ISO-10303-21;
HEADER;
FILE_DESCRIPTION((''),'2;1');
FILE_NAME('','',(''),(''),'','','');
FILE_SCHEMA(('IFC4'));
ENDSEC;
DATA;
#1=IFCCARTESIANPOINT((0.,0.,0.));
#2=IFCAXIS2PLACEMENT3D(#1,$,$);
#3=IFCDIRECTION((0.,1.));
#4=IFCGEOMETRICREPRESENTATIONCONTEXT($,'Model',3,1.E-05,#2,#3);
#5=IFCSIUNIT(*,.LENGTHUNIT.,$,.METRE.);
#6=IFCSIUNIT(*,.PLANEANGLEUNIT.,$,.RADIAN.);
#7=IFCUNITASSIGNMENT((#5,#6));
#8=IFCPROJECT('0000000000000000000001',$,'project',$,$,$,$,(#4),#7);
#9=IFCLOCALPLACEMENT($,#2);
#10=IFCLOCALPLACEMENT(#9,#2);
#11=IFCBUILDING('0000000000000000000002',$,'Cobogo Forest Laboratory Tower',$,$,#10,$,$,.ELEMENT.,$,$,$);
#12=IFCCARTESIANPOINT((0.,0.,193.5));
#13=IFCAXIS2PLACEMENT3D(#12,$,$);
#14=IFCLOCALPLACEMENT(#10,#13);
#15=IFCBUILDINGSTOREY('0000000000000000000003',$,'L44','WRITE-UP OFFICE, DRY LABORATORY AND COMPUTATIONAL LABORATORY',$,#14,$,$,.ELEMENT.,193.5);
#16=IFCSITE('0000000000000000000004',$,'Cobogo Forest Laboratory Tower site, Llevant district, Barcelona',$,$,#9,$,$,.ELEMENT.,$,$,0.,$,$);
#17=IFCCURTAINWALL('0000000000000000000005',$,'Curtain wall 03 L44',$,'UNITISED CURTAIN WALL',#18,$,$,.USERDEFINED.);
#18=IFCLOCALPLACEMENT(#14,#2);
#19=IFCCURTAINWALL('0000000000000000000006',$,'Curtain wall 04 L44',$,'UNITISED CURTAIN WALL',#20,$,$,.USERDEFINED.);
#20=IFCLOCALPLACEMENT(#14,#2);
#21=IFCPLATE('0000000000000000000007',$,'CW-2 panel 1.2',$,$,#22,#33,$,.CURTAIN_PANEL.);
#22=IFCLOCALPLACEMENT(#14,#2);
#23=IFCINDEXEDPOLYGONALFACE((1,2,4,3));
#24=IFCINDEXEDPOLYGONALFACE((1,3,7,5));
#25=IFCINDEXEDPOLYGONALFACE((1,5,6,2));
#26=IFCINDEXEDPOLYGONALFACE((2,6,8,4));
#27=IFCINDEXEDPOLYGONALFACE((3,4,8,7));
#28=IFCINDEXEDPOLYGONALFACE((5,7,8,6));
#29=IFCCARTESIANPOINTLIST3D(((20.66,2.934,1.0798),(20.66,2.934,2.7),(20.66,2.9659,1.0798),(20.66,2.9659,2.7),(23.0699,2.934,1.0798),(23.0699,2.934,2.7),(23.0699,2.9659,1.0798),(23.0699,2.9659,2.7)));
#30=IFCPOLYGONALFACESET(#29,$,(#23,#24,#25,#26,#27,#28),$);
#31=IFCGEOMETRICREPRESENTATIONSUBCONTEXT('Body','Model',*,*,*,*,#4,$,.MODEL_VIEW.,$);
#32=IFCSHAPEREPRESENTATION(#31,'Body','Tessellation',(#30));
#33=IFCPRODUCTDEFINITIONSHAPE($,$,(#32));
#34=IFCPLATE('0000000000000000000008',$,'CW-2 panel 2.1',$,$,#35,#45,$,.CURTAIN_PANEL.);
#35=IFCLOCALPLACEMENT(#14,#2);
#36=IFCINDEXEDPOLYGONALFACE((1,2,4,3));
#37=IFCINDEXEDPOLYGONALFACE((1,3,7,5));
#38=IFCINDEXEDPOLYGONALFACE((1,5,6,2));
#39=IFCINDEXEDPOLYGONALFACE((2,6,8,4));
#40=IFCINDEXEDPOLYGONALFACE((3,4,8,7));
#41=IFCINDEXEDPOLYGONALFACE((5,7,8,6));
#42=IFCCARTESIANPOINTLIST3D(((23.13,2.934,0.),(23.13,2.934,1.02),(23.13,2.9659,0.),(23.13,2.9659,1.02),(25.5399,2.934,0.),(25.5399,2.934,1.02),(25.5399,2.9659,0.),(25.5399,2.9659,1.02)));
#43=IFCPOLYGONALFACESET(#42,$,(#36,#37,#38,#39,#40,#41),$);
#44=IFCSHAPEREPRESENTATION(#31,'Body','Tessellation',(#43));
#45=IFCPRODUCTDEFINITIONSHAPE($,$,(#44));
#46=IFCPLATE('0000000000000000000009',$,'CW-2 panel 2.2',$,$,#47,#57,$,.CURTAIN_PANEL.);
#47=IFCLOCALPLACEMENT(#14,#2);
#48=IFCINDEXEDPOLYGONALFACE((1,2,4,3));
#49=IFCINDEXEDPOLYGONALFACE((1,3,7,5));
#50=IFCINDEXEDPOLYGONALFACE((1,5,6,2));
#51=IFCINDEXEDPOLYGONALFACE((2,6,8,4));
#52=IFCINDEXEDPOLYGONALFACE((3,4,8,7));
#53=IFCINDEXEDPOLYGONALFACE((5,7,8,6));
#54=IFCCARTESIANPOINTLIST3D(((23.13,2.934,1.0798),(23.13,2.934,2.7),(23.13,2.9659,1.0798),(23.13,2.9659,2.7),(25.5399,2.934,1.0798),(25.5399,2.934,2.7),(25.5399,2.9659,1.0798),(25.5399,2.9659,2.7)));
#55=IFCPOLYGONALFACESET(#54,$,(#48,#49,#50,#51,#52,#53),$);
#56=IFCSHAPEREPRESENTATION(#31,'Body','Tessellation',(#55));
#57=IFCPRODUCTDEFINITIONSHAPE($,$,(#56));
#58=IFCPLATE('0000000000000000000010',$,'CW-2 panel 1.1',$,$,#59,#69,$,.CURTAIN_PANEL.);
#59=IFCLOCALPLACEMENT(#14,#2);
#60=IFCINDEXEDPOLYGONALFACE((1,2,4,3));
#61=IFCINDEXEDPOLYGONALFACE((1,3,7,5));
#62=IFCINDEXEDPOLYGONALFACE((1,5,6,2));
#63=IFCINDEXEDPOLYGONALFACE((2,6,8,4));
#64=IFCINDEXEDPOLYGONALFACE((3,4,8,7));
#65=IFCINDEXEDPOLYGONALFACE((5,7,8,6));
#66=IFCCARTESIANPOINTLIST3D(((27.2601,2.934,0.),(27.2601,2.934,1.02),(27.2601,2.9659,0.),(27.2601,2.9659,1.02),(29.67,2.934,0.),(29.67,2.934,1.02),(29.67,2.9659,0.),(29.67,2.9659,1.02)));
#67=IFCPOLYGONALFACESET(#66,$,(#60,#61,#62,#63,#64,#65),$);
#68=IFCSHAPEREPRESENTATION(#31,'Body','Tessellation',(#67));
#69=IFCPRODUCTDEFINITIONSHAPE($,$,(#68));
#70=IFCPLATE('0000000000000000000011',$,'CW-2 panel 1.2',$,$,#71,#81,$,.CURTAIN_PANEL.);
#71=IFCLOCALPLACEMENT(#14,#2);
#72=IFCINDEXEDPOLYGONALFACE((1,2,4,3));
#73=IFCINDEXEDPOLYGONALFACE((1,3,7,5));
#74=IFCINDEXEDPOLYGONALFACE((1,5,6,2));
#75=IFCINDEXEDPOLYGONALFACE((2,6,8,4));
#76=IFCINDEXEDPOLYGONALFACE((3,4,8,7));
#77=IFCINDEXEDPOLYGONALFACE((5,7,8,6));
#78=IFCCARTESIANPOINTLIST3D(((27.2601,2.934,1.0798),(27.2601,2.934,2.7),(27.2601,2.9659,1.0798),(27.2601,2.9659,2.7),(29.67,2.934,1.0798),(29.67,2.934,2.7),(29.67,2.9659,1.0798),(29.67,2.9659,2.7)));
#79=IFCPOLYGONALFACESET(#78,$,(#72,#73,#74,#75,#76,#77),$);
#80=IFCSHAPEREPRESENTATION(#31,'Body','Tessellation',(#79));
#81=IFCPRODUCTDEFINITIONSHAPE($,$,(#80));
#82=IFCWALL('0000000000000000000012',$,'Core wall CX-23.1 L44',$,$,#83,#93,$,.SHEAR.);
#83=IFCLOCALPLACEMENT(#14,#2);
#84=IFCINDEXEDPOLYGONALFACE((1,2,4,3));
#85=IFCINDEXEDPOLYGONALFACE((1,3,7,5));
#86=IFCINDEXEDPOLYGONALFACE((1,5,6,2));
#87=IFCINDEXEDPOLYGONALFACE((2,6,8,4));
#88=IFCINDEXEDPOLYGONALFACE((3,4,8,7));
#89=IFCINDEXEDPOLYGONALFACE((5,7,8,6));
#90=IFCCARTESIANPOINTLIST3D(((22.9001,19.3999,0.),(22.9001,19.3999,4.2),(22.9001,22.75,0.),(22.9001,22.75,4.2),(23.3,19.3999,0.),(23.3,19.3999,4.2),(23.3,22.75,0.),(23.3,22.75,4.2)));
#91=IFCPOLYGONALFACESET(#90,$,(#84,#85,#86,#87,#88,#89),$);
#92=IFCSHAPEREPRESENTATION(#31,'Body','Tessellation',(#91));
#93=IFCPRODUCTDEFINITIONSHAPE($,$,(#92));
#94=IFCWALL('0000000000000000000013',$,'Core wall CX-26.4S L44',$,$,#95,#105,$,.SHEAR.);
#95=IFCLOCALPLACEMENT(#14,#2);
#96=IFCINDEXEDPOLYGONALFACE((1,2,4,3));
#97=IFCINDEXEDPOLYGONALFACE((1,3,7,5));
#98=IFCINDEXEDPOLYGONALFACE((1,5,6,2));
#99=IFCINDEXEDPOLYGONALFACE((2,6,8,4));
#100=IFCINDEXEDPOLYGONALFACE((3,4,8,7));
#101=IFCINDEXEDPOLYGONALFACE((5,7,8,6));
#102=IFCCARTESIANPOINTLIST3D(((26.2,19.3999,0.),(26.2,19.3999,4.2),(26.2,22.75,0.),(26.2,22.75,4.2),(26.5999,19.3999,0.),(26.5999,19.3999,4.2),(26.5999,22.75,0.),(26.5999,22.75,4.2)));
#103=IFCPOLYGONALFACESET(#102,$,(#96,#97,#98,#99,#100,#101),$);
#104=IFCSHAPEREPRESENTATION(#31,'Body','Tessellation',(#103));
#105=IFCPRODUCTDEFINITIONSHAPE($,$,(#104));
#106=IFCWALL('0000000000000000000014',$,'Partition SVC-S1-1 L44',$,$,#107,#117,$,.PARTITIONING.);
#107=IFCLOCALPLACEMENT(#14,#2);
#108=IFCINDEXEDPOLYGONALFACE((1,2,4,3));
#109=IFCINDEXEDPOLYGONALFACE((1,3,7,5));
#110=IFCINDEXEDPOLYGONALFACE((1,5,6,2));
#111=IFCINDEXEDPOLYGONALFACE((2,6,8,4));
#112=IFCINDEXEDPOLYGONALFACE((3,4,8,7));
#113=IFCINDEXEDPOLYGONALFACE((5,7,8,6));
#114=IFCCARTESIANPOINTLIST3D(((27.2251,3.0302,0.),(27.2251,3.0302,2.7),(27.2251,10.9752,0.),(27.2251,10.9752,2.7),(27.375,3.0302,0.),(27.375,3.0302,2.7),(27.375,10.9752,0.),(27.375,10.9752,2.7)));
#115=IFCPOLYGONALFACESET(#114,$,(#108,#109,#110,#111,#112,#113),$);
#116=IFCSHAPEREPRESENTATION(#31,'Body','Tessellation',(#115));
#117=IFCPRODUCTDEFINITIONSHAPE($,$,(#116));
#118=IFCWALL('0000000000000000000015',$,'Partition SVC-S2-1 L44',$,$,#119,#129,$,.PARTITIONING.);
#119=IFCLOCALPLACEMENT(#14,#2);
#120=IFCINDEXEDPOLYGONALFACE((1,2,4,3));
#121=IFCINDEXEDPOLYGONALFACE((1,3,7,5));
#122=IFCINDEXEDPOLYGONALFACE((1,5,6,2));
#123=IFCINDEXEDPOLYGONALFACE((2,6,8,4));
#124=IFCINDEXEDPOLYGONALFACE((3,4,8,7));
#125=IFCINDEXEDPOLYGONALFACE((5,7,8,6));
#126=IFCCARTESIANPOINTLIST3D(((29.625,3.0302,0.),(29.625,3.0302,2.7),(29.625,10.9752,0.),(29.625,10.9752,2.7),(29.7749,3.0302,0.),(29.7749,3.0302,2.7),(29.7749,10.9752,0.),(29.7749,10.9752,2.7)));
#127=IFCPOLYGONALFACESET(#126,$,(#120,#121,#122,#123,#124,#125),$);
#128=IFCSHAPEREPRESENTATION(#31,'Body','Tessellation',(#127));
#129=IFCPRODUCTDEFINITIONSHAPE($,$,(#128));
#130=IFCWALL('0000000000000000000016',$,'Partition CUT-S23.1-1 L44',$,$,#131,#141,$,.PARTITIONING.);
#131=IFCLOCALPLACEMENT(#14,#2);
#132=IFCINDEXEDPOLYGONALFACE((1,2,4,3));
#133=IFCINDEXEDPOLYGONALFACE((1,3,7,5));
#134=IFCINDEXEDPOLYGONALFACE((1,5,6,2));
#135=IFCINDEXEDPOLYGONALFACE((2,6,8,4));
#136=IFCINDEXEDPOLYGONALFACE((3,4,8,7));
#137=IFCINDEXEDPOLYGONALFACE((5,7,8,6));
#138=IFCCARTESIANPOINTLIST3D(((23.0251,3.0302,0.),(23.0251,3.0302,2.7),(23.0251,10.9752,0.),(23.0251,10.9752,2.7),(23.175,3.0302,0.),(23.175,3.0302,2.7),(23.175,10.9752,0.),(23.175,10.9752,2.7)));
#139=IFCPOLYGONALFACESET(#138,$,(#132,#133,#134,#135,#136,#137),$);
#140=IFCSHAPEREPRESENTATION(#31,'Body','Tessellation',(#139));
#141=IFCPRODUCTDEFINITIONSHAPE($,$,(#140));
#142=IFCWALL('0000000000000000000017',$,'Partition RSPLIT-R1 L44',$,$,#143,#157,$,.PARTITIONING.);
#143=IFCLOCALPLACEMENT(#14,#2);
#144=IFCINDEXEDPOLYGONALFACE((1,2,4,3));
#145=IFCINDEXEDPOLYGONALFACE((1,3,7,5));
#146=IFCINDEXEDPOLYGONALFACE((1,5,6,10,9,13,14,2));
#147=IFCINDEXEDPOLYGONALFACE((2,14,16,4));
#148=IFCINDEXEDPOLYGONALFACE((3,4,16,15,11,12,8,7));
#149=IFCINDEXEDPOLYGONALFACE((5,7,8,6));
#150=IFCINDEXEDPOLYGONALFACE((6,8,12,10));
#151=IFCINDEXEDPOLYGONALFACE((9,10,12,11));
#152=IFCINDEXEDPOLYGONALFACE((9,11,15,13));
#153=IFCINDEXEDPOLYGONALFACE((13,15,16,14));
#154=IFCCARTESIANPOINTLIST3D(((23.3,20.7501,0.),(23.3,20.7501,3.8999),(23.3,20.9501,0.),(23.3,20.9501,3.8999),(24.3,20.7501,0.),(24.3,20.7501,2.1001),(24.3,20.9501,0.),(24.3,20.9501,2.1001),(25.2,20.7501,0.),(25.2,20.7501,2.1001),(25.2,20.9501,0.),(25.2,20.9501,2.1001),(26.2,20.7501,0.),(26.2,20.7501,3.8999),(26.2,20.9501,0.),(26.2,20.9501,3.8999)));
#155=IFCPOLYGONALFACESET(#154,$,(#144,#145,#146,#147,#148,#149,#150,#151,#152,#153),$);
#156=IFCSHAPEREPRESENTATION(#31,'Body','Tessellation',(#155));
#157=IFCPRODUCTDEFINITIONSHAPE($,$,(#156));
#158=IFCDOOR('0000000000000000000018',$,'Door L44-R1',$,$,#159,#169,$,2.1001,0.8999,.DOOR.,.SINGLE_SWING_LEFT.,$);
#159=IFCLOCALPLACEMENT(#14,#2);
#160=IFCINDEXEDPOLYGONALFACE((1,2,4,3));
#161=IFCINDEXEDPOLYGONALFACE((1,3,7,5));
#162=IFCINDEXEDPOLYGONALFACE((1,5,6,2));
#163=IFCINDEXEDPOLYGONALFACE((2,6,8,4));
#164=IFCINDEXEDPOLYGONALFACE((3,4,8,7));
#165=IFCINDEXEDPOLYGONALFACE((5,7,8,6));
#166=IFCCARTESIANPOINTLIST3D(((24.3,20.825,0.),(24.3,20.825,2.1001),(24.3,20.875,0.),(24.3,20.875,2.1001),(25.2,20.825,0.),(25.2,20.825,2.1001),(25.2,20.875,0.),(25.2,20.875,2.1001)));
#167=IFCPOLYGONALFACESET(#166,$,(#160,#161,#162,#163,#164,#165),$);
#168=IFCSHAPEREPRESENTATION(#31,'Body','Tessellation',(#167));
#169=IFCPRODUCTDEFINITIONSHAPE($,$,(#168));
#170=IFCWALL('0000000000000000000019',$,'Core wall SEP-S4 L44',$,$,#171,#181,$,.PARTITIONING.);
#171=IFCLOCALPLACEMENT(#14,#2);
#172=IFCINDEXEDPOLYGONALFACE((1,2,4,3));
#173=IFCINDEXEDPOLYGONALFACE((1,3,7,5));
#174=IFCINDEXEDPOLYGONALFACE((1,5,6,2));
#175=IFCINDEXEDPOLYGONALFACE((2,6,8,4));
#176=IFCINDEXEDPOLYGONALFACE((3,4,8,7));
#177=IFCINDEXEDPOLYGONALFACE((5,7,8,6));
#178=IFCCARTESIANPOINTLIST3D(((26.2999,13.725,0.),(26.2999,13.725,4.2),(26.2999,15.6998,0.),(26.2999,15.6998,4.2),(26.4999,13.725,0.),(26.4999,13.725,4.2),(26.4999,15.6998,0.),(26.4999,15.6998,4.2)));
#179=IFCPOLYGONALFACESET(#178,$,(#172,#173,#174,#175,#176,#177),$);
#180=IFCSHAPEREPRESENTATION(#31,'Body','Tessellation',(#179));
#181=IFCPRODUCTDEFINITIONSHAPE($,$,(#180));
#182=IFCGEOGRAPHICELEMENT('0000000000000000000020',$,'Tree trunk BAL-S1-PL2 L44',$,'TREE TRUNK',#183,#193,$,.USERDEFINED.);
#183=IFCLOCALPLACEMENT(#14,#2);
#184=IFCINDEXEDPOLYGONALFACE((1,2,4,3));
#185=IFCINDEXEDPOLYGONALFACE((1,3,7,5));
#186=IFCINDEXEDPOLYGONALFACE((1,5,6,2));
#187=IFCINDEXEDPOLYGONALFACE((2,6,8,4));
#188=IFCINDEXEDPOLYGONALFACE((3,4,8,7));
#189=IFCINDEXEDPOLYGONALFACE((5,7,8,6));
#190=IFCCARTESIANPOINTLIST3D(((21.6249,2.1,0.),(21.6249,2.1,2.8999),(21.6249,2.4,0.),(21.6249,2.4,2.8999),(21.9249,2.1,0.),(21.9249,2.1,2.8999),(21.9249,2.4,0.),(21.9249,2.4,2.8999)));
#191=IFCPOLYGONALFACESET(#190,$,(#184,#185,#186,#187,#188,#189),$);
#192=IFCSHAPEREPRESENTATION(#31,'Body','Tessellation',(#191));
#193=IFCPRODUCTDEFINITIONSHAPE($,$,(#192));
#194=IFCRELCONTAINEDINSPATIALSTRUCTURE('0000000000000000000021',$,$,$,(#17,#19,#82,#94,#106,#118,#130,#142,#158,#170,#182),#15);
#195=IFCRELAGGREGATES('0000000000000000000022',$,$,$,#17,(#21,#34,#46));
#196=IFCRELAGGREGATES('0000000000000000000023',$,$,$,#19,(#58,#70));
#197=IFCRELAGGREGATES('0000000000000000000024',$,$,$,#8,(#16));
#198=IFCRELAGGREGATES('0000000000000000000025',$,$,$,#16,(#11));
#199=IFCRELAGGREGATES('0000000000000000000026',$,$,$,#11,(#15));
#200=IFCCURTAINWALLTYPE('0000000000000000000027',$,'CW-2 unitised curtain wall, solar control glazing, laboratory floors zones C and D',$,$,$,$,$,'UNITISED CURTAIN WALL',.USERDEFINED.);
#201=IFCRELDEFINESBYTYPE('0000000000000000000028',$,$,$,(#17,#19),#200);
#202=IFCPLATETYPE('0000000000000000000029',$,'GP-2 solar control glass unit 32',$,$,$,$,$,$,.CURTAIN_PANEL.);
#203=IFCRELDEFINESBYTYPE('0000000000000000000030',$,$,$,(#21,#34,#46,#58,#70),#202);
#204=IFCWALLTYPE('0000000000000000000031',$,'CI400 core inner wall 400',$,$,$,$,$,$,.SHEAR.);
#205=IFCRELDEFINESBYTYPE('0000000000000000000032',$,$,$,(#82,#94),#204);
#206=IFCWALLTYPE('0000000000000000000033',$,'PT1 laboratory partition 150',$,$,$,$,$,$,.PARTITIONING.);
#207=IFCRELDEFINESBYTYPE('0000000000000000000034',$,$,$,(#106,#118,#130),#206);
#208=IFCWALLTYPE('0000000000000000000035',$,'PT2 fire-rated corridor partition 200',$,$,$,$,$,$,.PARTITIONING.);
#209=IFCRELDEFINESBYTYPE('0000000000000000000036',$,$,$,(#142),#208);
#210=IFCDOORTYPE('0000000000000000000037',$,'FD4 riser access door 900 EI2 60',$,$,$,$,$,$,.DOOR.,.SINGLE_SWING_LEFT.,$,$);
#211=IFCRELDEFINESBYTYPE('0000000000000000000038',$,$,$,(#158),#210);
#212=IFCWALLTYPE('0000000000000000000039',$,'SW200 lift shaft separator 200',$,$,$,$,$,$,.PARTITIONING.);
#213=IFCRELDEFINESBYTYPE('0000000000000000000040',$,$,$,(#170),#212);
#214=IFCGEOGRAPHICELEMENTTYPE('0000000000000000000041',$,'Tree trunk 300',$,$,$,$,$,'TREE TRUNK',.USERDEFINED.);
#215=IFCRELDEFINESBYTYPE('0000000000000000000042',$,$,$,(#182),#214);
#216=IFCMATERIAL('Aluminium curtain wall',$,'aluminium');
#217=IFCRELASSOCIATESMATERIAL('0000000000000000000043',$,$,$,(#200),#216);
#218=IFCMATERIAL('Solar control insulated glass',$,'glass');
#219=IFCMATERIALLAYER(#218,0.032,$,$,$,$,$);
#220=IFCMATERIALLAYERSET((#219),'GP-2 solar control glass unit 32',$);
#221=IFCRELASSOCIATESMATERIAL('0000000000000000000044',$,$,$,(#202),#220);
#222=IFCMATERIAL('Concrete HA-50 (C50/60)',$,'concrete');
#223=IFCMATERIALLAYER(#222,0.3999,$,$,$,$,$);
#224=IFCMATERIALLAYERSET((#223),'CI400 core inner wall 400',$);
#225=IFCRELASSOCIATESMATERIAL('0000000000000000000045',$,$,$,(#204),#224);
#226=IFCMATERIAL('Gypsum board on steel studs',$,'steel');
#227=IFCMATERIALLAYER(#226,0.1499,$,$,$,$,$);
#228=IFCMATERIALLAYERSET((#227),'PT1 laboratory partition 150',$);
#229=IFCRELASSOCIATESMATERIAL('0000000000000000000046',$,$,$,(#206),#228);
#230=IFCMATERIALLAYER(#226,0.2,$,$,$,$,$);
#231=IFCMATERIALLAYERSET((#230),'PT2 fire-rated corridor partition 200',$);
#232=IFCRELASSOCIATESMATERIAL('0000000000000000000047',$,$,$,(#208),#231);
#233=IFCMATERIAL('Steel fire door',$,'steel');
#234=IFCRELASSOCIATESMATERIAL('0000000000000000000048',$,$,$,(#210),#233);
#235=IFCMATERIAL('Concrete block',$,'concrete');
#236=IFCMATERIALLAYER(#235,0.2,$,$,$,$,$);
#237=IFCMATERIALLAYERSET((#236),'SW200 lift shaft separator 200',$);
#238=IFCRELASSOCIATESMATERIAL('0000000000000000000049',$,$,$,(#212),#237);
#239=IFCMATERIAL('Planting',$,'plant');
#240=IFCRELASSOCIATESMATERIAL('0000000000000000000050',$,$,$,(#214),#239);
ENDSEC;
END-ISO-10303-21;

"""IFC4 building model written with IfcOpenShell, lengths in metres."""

from ifc_helpers import new_model, si_unit, direction, frame, frame_2d, origin, origin_2d, place, context, subcontext, project, spatial, rectangle, extrude, material, layer, layer_set, type_object, element, fill, aggregate, save


model = new_model("IFC4")

# Units and contexts
model_context = context("Model", 3, precision=1e-05, world=origin(), true_north=direction((0.0, 1.0)))
body_context = subcontext(model_context, "Body", "Model", "MODEL_VIEW")
ifc_project = project(units=[si_unit("LENGTHUNIT", "METRE"), si_unit("PLANEANGLEUNIT", "RADIAN")], contexts=[model_context])

# Site, building, storey
site_placement = place(None, origin())
site = spatial("IfcSite", under=ifc_project, at=site_placement, Name="Cobogo Forest Laboratory Tower site, Llevant district, Barcelona", CompositionType="ELEMENT", RefElevation=0.0)
building_placement = place(site_placement, origin())
building = spatial("IfcBuilding", under=site, at=building_placement, Name="Cobogo Forest Laboratory Tower", CompositionType="ELEMENT")
storey_placement = place(building_placement, frame((0.0, 0.0, 193.5)))
storey = spatial("IfcBuildingStorey", under=building, at=storey_placement, Name="L44", Description="WRITE-UP OFFICE, DRY LABORATORY AND COMPUTATIONAL LABORATORY", CompositionType="ELEMENT", Elevation=193.5)

# Shared definitions
ifc_material_1 = material(Name="Concrete HA-50 (C50/60)", Category="concrete")

# Curtain walls
ifc_material_2 = material(Name="Aluminium curtain wall", Category="aluminium")
curtain_wall_type = type_object("IfcCurtainWallType", Name="CW-2 unitised curtain wall, solar control glazing, laboratory floors zones C and D", ElementType="UNITISED CURTAIN WALL", PredefinedType="USERDEFINED", material=ifc_material_2)
curtain_wall_1_placement = place(storey_placement, origin())
curtain_wall_1 = element("IfcCurtainWall", 1, at=curtain_wall_1_placement, inside=storey, type_object=curtain_wall_type, Name="Curtain wall 03 L44", ObjectType="UNITISED CURTAIN WALL", PredefinedType="USERDEFINED")
curtain_wall_2_placement = place(storey_placement, origin())
curtain_wall_2 = element("IfcCurtainWall", 2, at=curtain_wall_2_placement, inside=storey, type_object=curtain_wall_type, Name="Curtain wall 04 L44", ObjectType="UNITISED CURTAIN WALL", PredefinedType="USERDEFINED")

# Plates
ifc_material_3 = material(Name="Solar control insulated glass", Category="glass")
ifc_layer_1 = layer(ifc_material_3, 0.032)
ifc_layer_set_1 = layer_set([ifc_layer_1], Name="GP-2 solar control glass unit 32")
plate_type_1 = type_object("IfcPlateType", Name="GP-2 solar control glass unit 32", PredefinedType="CURTAIN_PANEL", material=ifc_layer_set_1)
plate_1_placement = place(storey_placement, frame((21.865, 2.95, 1.0798), z_axis=(0.0, 0.0, 1.0), x_axis=(1.0, 0.0, 0.0)))
plate_1 = element("IfcPlate", 3, at=plate_1_placement, type_object=plate_type_1, Name="CW-2 panel 1.2", PredefinedType="CURTAIN_PANEL", context=body_context, shape_type="SweptSolid", body=[
    extrude(rectangle(XDim=2.4099, YDim=0.032, at=origin_2d()), origin(), (0.0, 0.0, 1.0), 1.6201),
])
plate_2_placement = place(storey_placement, frame((24.335, 2.95, 0.0), z_axis=(0.0, 0.0, 1.0), x_axis=(1.0, 0.0, 0.0)))
plate_2 = element("IfcPlate", 4, at=plate_2_placement, type_object=plate_type_1, Name="CW-2 panel 2.1", PredefinedType="CURTAIN_PANEL", context=body_context, shape_type="SweptSolid", body=[
    extrude(rectangle(XDim=2.4099, YDim=0.032, at=origin_2d()), origin(), (0.0, 0.0, 1.0), 1.02),
])
plate_3_placement = place(storey_placement, frame((24.335, 2.95, 1.0798), z_axis=(0.0, 0.0, 1.0), x_axis=(1.0, 0.0, 0.0)))
plate_3 = element("IfcPlate", 5, at=plate_3_placement, type_object=plate_type_1, Name="CW-2 panel 2.2", PredefinedType="CURTAIN_PANEL", context=body_context, shape_type="SweptSolid", body=[
    extrude(rectangle(XDim=2.4099, YDim=0.032, at=origin_2d()), origin(), (0.0, 0.0, 1.0), 1.6201),
])
aggregate(curtain_wall_1, [plate_1, plate_2, plate_3])
plate_4_placement = place(storey_placement, frame((28.4651, 2.95, 0.0), z_axis=(0.0, 0.0, 1.0), x_axis=(1.0, 0.0, 0.0)))
plate_4 = element("IfcPlate", 6, at=plate_4_placement, type_object=plate_type_1, Name="CW-2 panel 1.1", PredefinedType="CURTAIN_PANEL", context=body_context, shape_type="SweptSolid", body=[
    extrude(rectangle(XDim=2.4099, YDim=0.032, at=origin_2d()), origin(), (0.0, 0.0, 1.0), 1.02),
])
plate_5_placement = place(storey_placement, frame((28.4651, 2.95, 1.0798), z_axis=(0.0, 0.0, 1.0), x_axis=(1.0, 0.0, 0.0)))
plate_5 = element("IfcPlate", 7, at=plate_5_placement, type_object=plate_type_1, Name="CW-2 panel 1.2", PredefinedType="CURTAIN_PANEL", context=body_context, shape_type="SweptSolid", body=[
    extrude(rectangle(XDim=2.4099, YDim=0.032, at=origin_2d()), origin(), (0.0, 0.0, 1.0), 1.6201),
])
aggregate(curtain_wall_2, [plate_4, plate_5])

# Walls
ifc_layer_2 = layer(ifc_material_1, 0.3999)
ifc_layer_set_2 = layer_set([ifc_layer_2], Name="CI400 core inner wall 400")
wall_type_1 = type_object("IfcWallType", Name="CI400 core inner wall 400", PredefinedType="SHEAR", material=ifc_layer_set_2)
for number, where, z_axis, x_axis, name in (
    (8, (23.1001, 19.3999, 0.0), (0.0, 0.0, 1.0), (0.0, 1.0, 0.0), "Core wall CX-23.1 L44"),
    (9, (26.3999, 19.3999, 0.0), (0.0, 0.0, 1.0), (0.0, 1.0, 0.0), "Core wall CX-26.4S L44"),
):
    element("IfcWall", number, at=place(storey_placement, frame(where, z_axis=z_axis, x_axis=x_axis)), inside=storey, type_object=wall_type_1, Name=name, PredefinedType="SHEAR", context=body_context, shape_type="SweptSolid", body=[
        extrude(rectangle(XDim=3.3501, YDim=0.3999, at=frame_2d((1.675, 0.0))), origin(), (0.0, 0.0, 1.0), 4.2),
    ])
ifc_material_4 = material(Name="Gypsum board on steel studs", Category="steel")
ifc_layer_3 = layer(ifc_material_4, 0.1499)
ifc_layer_set_3 = layer_set([ifc_layer_3], Name="PT1 laboratory partition 150")
wall_type_2 = type_object("IfcWallType", Name="PT1 laboratory partition 150", PredefinedType="PARTITIONING", material=ifc_layer_set_3)
for number, where, z_axis, x_axis, name in (
    (10, (27.3, 3.03, 0.0), (0.0, 0.0, 1.0), (0.0, 1.0, 0.0), "Partition SVC-S1-1 L44"),
    (11, (29.7, 3.03, 0.0), (0.0, 0.0, 1.0), (0.0, 1.0, 0.0), "Partition SVC-S2-1 L44"),
    (12, (23.1001, 3.03, 0.0), (0.0, 0.0, 1.0), (0.0, 1.0, 0.0), "Partition CUT-S23.1-1 L44"),
):
    element("IfcWall", number, at=place(storey_placement, frame(where, z_axis=z_axis, x_axis=x_axis)), inside=storey, type_object=wall_type_2, Name=name, PredefinedType="PARTITIONING", context=body_context, shape_type="SweptSolid", body=[
        extrude(rectangle(XDim=7.9451, YDim=0.1499, at=frame_2d((3.9727, 0.0))), origin(), (0.0, 0.0, 1.0), 2.7),
    ])

# Wall, opening, door
ifc_layer_4 = layer(ifc_material_4, 0.2)
ifc_layer_set_4 = layer_set([ifc_layer_4], Name="PT2 fire-rated corridor partition 200")
wall_type_3 = type_object("IfcWallType", Name="PT2 fire-rated corridor partition 200", PredefinedType="PARTITIONING", material=ifc_layer_set_4)
wall_1_placement = place(storey_placement, frame((23.3, 20.8501, 0.0), z_axis=(0.0, 0.0, 1.0), x_axis=(1.0, 0.0, 0.0)))
wall_1 = element("IfcWall", 13, at=wall_1_placement, inside=storey, type_object=wall_type_3, Name="Partition RSPLIT-R1 L44", PredefinedType="PARTITIONING", context=body_context, shape_type="SweptSolid", body=[
    extrude(rectangle(XDim=2.8999, YDim=0.2, at=frame_2d((1.45, 0.0))), origin(), (0.0, 0.0, 1.0), 3.8999),
])
opening_placement = place(wall_1_placement, frame((1.0, 0.0, 0.0)))
opening = element("IfcOpeningElement", 14, at=opening_placement, cuts=wall_1, PredefinedType="OPENING", context=body_context, shape_type="SweptSolid", body=[
    extrude(rectangle(XDim=0.8999, YDim=2.1001, at=frame_2d((0.45, 1.05))), frame((0.0, 0.1099, 0.0), z_axis=(0.0, -1.0, 0.0), x_axis=(1.0, 0.0, 0.0)), (0.0, 0.0, 1.0), 0.22),
])
ifc_material_5 = material(Name="Steel fire door", Category="steel")
door_type = type_object("IfcDoorType", Name="FD4 riser access door 900 EI2 60", OperationType="SINGLE_SWING_LEFT", PredefinedType="DOOR", material=ifc_material_5)
door_placement = place(opening_placement, origin())
door = element("IfcDoor", 15, at=door_placement, inside=storey, type_object=door_type, Name="Door L44-R1", OperationType="SINGLE_SWING_LEFT", OverallHeight=2.1001, OverallWidth=0.8999, PredefinedType="DOOR", context=body_context, shape_type="SweptSolid", body=[
    extrude(rectangle(XDim=0.8999, YDim=2.1001, at=frame_2d((0.45, 1.05))), frame((0.0, 0.0249, 0.0), z_axis=(0.0, -1.0, 0.0), x_axis=(1.0, 0.0, 0.0)), (0.0, 0.0, 1.0), 0.05),
])
fill(opening, door)

# Wall
ifc_material_6 = material(Name="Concrete block", Category="concrete")
ifc_layer_5 = layer(ifc_material_6, 0.2)
ifc_layer_set_5 = layer_set([ifc_layer_5], Name="SW200 lift shaft separator 200")
wall_type_4 = type_object("IfcWallType", Name="SW200 lift shaft separator 200", PredefinedType="PARTITIONING", material=ifc_layer_set_5)
wall_2_placement = place(storey_placement, frame((26.3999, 13.7251, 0.0), z_axis=(0.0, 0.0, 1.0), x_axis=(0.0, 1.0, 0.0)))
element("IfcWall", 16, at=wall_2_placement, inside=storey, type_object=wall_type_4, Name="Core wall SEP-S4 L44", PredefinedType="PARTITIONING", context=body_context, shape_type="SweptSolid", body=[
    extrude(rectangle(XDim=1.9749, YDim=0.2, at=frame_2d((0.9873, 0.0))), origin(), (0.0, 0.0, 1.0), 4.2),
])

# Geographic element
ifc_material_7 = material(Name="Planting", Category="plant")
geographic_element_type = type_object("IfcGeographicElementType", Name="Tree trunk 300", ElementType="TREE TRUNK", PredefinedType="USERDEFINED", material=ifc_material_7)
geographic_element_placement = place(storey_placement, frame((21.7749, 2.25, 0.0), z_axis=(0.0, 0.0, 1.0), x_axis=(1.0, 0.0, 0.0)))
element("IfcGeographicElement", 17, at=geographic_element_placement, inside=storey, type_object=geographic_element_type, Name="Tree trunk BAL-S1-PL2 L44", ObjectType="TREE TRUNK", PredefinedType="USERDEFINED", context=body_context, shape_type="SweptSolid", body=[
    extrude(rectangle(XDim=0.3, YDim=0.3, at=origin_2d()), origin(), (0.0, 0.0, 1.0), 2.8999),
])

save(model, "model.ifc")
